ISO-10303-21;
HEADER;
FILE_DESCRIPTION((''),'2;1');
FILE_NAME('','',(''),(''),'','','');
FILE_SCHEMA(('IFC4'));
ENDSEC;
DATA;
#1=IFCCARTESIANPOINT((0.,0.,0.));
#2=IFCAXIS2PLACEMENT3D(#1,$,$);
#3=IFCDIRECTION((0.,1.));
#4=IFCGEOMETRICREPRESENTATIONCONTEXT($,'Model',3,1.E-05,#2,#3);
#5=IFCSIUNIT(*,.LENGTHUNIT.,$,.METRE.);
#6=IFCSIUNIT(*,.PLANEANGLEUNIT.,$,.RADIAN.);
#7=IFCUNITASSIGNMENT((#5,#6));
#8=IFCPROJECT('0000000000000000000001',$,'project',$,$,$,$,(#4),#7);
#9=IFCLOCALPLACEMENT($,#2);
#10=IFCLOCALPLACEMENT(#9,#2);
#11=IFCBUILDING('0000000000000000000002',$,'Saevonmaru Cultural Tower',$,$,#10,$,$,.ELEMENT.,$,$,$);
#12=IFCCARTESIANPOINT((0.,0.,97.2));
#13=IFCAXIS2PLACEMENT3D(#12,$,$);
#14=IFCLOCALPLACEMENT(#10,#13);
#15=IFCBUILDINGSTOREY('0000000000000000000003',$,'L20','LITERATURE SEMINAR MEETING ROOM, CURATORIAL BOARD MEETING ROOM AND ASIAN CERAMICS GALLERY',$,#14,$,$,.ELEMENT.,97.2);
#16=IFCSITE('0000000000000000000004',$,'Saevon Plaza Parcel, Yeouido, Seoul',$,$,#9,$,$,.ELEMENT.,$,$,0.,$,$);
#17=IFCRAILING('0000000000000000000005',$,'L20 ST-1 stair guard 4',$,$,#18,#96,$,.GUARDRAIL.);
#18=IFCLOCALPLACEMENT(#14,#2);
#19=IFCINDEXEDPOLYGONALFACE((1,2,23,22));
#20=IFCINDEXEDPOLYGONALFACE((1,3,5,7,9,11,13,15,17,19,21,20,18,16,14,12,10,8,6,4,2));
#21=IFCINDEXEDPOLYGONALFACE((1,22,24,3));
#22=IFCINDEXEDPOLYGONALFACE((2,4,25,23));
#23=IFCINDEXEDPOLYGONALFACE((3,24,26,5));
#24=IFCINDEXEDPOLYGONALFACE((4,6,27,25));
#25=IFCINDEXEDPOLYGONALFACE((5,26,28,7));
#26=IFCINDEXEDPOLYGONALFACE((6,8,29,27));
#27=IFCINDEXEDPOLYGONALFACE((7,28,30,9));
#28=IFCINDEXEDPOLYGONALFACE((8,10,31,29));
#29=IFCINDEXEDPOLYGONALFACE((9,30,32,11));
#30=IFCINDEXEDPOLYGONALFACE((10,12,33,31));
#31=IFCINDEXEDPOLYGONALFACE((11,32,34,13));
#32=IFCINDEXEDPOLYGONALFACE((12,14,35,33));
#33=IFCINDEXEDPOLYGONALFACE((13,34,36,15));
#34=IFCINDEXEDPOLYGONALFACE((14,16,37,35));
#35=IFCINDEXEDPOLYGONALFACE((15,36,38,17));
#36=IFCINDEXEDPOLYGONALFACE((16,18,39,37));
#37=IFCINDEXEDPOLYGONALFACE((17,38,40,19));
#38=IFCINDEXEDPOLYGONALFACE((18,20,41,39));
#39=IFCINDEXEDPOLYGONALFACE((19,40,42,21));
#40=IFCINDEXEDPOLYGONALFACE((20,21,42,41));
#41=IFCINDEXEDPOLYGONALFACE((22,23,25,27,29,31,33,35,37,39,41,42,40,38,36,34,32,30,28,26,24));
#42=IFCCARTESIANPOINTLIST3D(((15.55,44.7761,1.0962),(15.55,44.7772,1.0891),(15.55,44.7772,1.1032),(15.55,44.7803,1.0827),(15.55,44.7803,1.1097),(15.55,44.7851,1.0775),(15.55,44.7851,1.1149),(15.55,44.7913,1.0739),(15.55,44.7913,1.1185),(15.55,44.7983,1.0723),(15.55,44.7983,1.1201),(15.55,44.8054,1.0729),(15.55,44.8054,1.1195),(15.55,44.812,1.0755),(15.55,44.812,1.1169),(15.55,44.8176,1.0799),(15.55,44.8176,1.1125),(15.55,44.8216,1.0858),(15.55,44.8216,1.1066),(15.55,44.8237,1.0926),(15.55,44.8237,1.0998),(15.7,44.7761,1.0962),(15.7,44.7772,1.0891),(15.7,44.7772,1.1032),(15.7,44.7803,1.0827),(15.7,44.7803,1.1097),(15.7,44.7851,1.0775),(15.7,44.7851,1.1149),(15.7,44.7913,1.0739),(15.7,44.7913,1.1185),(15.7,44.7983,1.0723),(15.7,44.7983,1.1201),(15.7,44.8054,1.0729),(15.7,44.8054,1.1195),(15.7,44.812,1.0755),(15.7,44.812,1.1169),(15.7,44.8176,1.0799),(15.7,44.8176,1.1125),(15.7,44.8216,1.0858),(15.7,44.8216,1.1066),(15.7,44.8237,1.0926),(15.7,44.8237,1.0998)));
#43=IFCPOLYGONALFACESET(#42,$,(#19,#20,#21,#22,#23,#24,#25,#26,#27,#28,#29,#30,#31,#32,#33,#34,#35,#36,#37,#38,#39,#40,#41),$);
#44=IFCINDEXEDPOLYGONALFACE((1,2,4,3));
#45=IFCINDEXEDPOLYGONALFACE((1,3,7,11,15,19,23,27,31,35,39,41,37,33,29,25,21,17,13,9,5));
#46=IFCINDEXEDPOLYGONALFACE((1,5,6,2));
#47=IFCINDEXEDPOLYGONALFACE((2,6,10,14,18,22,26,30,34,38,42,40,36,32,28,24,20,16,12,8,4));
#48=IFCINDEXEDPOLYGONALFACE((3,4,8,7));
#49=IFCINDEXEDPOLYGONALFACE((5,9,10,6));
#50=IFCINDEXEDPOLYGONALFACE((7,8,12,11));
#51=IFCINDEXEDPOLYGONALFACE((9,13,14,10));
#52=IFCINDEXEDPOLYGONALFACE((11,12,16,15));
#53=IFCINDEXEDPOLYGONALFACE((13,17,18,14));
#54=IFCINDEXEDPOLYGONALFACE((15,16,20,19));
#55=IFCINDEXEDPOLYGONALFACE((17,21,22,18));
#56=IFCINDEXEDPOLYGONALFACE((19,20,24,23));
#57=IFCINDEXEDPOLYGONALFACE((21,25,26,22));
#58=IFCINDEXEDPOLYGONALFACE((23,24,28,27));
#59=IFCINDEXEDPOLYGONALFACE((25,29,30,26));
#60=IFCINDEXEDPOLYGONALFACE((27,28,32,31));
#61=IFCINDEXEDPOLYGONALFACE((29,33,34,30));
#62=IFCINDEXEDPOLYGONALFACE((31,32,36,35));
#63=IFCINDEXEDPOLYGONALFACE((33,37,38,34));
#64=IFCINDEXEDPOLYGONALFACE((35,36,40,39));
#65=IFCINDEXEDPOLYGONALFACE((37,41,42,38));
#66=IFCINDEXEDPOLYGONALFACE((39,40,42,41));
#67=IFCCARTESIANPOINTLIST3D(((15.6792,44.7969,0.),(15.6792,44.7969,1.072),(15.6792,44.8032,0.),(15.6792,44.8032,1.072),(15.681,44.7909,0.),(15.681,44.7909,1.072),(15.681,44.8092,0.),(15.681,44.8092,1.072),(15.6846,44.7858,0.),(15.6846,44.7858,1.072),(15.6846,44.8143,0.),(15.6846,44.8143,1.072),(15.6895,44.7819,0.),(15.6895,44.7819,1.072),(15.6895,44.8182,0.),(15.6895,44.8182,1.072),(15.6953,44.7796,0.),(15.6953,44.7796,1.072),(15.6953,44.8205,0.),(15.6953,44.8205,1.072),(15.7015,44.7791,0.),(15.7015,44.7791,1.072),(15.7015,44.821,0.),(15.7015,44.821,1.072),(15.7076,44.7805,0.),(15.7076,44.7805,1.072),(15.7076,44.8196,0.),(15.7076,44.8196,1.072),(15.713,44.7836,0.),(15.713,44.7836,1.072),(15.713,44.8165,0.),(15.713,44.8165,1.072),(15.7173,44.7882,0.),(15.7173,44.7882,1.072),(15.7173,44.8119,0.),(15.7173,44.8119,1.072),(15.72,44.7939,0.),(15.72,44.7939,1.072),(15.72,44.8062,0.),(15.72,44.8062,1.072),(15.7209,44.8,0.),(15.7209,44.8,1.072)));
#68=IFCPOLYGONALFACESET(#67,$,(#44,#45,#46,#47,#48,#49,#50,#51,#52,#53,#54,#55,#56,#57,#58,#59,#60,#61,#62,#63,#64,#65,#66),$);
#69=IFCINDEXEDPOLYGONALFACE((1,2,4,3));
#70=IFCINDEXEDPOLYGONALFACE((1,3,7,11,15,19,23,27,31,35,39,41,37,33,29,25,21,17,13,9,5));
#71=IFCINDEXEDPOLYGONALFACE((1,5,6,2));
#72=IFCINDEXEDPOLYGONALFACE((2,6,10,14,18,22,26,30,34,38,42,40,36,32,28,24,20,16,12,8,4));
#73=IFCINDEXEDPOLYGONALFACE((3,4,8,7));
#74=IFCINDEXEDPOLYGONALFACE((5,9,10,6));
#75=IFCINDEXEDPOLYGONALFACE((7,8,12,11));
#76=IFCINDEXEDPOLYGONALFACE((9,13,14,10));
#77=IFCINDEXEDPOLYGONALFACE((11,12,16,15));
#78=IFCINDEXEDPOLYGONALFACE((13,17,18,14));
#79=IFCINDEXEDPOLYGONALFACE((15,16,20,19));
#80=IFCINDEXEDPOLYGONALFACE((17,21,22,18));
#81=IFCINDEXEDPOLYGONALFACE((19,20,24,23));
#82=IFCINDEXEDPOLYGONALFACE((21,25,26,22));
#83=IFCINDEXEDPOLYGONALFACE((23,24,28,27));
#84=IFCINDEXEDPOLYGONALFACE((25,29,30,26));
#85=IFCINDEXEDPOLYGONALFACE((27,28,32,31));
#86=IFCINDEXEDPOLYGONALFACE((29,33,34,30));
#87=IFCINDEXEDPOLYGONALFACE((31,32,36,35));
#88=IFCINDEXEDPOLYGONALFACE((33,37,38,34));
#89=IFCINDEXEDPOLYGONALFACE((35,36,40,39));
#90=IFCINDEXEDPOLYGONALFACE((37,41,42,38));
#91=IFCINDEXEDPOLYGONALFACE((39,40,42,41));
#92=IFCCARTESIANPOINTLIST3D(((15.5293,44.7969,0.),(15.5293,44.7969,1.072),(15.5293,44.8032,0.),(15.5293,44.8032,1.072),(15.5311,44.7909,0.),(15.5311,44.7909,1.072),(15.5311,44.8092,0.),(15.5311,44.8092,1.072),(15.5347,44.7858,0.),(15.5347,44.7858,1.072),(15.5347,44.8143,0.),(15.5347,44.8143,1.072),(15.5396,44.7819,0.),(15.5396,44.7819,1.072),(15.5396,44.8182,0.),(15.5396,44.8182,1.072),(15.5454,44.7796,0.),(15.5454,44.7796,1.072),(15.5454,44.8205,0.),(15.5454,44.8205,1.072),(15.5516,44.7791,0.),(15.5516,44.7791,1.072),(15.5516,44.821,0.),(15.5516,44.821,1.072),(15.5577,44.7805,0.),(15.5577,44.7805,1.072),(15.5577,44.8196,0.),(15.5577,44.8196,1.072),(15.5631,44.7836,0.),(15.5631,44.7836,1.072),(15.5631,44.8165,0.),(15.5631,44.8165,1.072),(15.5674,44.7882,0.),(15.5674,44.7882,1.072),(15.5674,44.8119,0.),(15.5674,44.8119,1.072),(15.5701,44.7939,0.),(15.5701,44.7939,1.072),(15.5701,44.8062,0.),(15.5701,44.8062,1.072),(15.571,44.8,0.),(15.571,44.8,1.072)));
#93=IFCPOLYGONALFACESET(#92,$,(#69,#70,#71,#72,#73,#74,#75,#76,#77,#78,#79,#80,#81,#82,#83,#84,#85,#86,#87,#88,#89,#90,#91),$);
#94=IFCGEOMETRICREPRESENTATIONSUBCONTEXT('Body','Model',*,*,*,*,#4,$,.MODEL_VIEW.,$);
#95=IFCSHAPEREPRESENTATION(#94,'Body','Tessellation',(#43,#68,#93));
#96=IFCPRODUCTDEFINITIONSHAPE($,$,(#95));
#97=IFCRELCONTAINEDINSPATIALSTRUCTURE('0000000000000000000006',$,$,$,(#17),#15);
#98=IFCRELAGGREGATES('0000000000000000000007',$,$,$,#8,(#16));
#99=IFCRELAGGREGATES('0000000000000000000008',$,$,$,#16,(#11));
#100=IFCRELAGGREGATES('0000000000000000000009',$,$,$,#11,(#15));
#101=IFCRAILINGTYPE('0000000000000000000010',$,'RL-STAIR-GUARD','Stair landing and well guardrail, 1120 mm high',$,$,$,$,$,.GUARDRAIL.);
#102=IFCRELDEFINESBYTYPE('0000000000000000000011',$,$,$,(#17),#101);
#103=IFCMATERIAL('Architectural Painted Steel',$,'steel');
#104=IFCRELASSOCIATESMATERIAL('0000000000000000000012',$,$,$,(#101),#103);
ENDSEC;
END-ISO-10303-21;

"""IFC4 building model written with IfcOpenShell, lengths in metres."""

from ifc_helpers import new_model, si_unit, direction, frame, origin, origin_2d, place, context, subcontext, project, spatial, circle, extrude, material, type_object, element, save


model = new_model("IFC4")

# Units and contexts
model_context = context("Model", 3, precision=1e-05, world=origin(), true_north=direction((0.0, 1.0)))
body_context = subcontext(model_context, "Body", "Model", "MODEL_VIEW")
ifc_project = project(units=[si_unit("LENGTHUNIT", "METRE"), si_unit("PLANEANGLEUNIT", "RADIAN")], contexts=[model_context])

# Site, building, storey
site_placement = place(None, origin())
site = spatial("IfcSite", under=ifc_project, at=site_placement, Name="Saevon Plaza Parcel, Yeouido, Seoul", CompositionType="ELEMENT", RefElevation=0.0)
building_placement = place(site_placement, origin())
building = spatial("IfcBuilding", under=site, at=building_placement, Name="Saevonmaru Cultural Tower", CompositionType="ELEMENT")
storey_placement = place(building_placement, frame((0.0, 0.0, 97.2)))
storey = spatial("IfcBuildingStorey", under=building, at=storey_placement, Name="L20", Description="LITERATURE SEMINAR MEETING ROOM, CURATORIAL BOARD MEETING ROOM AND ASIAN CERAMICS GALLERY", CompositionType="ELEMENT", Elevation=97.2)

# Railing
ifc_material_1 = material(Name="Architectural Painted Steel", Category="steel")
railing_type_1 = type_object("IfcRailingType", Name="RL-STAIR-GUARD", Description="Stair landing and well guardrail, 1120 mm high", PredefinedType="GUARDRAIL", material=ifc_material_1)
railing_1_placement = place(storey_placement, frame((15.7, 44.8, 0.0)))
element("IfcRailing", 1, at=railing_1_placement, inside=storey, type_object=railing_type_1, Name="L20 ST-1 stair guard 4", PredefinedType="GUARDRAIL", context=body_context, shape_type="SweptSolid", body=[
    extrude(circle(Radius=0.0239, at=origin_2d()), frame((0.0, 0.0, 1.0962), z_axis=(-1.0, 0.0, 0.0), x_axis=(0.0, -1.0, 0.0)), (0.0, 0.0, 1.0), 0.1499),
    extrude(circle(Radius=0.021, at=origin_2d()), origin(), (0.0, 0.0, 1.0), 1.072),
    extrude(circle(Radius=0.021, at=origin_2d()), frame((-0.1499, 0.0, 0.0)), (0.0, 0.0, 1.0), 1.072),
])

save(model, "model.ifc")
